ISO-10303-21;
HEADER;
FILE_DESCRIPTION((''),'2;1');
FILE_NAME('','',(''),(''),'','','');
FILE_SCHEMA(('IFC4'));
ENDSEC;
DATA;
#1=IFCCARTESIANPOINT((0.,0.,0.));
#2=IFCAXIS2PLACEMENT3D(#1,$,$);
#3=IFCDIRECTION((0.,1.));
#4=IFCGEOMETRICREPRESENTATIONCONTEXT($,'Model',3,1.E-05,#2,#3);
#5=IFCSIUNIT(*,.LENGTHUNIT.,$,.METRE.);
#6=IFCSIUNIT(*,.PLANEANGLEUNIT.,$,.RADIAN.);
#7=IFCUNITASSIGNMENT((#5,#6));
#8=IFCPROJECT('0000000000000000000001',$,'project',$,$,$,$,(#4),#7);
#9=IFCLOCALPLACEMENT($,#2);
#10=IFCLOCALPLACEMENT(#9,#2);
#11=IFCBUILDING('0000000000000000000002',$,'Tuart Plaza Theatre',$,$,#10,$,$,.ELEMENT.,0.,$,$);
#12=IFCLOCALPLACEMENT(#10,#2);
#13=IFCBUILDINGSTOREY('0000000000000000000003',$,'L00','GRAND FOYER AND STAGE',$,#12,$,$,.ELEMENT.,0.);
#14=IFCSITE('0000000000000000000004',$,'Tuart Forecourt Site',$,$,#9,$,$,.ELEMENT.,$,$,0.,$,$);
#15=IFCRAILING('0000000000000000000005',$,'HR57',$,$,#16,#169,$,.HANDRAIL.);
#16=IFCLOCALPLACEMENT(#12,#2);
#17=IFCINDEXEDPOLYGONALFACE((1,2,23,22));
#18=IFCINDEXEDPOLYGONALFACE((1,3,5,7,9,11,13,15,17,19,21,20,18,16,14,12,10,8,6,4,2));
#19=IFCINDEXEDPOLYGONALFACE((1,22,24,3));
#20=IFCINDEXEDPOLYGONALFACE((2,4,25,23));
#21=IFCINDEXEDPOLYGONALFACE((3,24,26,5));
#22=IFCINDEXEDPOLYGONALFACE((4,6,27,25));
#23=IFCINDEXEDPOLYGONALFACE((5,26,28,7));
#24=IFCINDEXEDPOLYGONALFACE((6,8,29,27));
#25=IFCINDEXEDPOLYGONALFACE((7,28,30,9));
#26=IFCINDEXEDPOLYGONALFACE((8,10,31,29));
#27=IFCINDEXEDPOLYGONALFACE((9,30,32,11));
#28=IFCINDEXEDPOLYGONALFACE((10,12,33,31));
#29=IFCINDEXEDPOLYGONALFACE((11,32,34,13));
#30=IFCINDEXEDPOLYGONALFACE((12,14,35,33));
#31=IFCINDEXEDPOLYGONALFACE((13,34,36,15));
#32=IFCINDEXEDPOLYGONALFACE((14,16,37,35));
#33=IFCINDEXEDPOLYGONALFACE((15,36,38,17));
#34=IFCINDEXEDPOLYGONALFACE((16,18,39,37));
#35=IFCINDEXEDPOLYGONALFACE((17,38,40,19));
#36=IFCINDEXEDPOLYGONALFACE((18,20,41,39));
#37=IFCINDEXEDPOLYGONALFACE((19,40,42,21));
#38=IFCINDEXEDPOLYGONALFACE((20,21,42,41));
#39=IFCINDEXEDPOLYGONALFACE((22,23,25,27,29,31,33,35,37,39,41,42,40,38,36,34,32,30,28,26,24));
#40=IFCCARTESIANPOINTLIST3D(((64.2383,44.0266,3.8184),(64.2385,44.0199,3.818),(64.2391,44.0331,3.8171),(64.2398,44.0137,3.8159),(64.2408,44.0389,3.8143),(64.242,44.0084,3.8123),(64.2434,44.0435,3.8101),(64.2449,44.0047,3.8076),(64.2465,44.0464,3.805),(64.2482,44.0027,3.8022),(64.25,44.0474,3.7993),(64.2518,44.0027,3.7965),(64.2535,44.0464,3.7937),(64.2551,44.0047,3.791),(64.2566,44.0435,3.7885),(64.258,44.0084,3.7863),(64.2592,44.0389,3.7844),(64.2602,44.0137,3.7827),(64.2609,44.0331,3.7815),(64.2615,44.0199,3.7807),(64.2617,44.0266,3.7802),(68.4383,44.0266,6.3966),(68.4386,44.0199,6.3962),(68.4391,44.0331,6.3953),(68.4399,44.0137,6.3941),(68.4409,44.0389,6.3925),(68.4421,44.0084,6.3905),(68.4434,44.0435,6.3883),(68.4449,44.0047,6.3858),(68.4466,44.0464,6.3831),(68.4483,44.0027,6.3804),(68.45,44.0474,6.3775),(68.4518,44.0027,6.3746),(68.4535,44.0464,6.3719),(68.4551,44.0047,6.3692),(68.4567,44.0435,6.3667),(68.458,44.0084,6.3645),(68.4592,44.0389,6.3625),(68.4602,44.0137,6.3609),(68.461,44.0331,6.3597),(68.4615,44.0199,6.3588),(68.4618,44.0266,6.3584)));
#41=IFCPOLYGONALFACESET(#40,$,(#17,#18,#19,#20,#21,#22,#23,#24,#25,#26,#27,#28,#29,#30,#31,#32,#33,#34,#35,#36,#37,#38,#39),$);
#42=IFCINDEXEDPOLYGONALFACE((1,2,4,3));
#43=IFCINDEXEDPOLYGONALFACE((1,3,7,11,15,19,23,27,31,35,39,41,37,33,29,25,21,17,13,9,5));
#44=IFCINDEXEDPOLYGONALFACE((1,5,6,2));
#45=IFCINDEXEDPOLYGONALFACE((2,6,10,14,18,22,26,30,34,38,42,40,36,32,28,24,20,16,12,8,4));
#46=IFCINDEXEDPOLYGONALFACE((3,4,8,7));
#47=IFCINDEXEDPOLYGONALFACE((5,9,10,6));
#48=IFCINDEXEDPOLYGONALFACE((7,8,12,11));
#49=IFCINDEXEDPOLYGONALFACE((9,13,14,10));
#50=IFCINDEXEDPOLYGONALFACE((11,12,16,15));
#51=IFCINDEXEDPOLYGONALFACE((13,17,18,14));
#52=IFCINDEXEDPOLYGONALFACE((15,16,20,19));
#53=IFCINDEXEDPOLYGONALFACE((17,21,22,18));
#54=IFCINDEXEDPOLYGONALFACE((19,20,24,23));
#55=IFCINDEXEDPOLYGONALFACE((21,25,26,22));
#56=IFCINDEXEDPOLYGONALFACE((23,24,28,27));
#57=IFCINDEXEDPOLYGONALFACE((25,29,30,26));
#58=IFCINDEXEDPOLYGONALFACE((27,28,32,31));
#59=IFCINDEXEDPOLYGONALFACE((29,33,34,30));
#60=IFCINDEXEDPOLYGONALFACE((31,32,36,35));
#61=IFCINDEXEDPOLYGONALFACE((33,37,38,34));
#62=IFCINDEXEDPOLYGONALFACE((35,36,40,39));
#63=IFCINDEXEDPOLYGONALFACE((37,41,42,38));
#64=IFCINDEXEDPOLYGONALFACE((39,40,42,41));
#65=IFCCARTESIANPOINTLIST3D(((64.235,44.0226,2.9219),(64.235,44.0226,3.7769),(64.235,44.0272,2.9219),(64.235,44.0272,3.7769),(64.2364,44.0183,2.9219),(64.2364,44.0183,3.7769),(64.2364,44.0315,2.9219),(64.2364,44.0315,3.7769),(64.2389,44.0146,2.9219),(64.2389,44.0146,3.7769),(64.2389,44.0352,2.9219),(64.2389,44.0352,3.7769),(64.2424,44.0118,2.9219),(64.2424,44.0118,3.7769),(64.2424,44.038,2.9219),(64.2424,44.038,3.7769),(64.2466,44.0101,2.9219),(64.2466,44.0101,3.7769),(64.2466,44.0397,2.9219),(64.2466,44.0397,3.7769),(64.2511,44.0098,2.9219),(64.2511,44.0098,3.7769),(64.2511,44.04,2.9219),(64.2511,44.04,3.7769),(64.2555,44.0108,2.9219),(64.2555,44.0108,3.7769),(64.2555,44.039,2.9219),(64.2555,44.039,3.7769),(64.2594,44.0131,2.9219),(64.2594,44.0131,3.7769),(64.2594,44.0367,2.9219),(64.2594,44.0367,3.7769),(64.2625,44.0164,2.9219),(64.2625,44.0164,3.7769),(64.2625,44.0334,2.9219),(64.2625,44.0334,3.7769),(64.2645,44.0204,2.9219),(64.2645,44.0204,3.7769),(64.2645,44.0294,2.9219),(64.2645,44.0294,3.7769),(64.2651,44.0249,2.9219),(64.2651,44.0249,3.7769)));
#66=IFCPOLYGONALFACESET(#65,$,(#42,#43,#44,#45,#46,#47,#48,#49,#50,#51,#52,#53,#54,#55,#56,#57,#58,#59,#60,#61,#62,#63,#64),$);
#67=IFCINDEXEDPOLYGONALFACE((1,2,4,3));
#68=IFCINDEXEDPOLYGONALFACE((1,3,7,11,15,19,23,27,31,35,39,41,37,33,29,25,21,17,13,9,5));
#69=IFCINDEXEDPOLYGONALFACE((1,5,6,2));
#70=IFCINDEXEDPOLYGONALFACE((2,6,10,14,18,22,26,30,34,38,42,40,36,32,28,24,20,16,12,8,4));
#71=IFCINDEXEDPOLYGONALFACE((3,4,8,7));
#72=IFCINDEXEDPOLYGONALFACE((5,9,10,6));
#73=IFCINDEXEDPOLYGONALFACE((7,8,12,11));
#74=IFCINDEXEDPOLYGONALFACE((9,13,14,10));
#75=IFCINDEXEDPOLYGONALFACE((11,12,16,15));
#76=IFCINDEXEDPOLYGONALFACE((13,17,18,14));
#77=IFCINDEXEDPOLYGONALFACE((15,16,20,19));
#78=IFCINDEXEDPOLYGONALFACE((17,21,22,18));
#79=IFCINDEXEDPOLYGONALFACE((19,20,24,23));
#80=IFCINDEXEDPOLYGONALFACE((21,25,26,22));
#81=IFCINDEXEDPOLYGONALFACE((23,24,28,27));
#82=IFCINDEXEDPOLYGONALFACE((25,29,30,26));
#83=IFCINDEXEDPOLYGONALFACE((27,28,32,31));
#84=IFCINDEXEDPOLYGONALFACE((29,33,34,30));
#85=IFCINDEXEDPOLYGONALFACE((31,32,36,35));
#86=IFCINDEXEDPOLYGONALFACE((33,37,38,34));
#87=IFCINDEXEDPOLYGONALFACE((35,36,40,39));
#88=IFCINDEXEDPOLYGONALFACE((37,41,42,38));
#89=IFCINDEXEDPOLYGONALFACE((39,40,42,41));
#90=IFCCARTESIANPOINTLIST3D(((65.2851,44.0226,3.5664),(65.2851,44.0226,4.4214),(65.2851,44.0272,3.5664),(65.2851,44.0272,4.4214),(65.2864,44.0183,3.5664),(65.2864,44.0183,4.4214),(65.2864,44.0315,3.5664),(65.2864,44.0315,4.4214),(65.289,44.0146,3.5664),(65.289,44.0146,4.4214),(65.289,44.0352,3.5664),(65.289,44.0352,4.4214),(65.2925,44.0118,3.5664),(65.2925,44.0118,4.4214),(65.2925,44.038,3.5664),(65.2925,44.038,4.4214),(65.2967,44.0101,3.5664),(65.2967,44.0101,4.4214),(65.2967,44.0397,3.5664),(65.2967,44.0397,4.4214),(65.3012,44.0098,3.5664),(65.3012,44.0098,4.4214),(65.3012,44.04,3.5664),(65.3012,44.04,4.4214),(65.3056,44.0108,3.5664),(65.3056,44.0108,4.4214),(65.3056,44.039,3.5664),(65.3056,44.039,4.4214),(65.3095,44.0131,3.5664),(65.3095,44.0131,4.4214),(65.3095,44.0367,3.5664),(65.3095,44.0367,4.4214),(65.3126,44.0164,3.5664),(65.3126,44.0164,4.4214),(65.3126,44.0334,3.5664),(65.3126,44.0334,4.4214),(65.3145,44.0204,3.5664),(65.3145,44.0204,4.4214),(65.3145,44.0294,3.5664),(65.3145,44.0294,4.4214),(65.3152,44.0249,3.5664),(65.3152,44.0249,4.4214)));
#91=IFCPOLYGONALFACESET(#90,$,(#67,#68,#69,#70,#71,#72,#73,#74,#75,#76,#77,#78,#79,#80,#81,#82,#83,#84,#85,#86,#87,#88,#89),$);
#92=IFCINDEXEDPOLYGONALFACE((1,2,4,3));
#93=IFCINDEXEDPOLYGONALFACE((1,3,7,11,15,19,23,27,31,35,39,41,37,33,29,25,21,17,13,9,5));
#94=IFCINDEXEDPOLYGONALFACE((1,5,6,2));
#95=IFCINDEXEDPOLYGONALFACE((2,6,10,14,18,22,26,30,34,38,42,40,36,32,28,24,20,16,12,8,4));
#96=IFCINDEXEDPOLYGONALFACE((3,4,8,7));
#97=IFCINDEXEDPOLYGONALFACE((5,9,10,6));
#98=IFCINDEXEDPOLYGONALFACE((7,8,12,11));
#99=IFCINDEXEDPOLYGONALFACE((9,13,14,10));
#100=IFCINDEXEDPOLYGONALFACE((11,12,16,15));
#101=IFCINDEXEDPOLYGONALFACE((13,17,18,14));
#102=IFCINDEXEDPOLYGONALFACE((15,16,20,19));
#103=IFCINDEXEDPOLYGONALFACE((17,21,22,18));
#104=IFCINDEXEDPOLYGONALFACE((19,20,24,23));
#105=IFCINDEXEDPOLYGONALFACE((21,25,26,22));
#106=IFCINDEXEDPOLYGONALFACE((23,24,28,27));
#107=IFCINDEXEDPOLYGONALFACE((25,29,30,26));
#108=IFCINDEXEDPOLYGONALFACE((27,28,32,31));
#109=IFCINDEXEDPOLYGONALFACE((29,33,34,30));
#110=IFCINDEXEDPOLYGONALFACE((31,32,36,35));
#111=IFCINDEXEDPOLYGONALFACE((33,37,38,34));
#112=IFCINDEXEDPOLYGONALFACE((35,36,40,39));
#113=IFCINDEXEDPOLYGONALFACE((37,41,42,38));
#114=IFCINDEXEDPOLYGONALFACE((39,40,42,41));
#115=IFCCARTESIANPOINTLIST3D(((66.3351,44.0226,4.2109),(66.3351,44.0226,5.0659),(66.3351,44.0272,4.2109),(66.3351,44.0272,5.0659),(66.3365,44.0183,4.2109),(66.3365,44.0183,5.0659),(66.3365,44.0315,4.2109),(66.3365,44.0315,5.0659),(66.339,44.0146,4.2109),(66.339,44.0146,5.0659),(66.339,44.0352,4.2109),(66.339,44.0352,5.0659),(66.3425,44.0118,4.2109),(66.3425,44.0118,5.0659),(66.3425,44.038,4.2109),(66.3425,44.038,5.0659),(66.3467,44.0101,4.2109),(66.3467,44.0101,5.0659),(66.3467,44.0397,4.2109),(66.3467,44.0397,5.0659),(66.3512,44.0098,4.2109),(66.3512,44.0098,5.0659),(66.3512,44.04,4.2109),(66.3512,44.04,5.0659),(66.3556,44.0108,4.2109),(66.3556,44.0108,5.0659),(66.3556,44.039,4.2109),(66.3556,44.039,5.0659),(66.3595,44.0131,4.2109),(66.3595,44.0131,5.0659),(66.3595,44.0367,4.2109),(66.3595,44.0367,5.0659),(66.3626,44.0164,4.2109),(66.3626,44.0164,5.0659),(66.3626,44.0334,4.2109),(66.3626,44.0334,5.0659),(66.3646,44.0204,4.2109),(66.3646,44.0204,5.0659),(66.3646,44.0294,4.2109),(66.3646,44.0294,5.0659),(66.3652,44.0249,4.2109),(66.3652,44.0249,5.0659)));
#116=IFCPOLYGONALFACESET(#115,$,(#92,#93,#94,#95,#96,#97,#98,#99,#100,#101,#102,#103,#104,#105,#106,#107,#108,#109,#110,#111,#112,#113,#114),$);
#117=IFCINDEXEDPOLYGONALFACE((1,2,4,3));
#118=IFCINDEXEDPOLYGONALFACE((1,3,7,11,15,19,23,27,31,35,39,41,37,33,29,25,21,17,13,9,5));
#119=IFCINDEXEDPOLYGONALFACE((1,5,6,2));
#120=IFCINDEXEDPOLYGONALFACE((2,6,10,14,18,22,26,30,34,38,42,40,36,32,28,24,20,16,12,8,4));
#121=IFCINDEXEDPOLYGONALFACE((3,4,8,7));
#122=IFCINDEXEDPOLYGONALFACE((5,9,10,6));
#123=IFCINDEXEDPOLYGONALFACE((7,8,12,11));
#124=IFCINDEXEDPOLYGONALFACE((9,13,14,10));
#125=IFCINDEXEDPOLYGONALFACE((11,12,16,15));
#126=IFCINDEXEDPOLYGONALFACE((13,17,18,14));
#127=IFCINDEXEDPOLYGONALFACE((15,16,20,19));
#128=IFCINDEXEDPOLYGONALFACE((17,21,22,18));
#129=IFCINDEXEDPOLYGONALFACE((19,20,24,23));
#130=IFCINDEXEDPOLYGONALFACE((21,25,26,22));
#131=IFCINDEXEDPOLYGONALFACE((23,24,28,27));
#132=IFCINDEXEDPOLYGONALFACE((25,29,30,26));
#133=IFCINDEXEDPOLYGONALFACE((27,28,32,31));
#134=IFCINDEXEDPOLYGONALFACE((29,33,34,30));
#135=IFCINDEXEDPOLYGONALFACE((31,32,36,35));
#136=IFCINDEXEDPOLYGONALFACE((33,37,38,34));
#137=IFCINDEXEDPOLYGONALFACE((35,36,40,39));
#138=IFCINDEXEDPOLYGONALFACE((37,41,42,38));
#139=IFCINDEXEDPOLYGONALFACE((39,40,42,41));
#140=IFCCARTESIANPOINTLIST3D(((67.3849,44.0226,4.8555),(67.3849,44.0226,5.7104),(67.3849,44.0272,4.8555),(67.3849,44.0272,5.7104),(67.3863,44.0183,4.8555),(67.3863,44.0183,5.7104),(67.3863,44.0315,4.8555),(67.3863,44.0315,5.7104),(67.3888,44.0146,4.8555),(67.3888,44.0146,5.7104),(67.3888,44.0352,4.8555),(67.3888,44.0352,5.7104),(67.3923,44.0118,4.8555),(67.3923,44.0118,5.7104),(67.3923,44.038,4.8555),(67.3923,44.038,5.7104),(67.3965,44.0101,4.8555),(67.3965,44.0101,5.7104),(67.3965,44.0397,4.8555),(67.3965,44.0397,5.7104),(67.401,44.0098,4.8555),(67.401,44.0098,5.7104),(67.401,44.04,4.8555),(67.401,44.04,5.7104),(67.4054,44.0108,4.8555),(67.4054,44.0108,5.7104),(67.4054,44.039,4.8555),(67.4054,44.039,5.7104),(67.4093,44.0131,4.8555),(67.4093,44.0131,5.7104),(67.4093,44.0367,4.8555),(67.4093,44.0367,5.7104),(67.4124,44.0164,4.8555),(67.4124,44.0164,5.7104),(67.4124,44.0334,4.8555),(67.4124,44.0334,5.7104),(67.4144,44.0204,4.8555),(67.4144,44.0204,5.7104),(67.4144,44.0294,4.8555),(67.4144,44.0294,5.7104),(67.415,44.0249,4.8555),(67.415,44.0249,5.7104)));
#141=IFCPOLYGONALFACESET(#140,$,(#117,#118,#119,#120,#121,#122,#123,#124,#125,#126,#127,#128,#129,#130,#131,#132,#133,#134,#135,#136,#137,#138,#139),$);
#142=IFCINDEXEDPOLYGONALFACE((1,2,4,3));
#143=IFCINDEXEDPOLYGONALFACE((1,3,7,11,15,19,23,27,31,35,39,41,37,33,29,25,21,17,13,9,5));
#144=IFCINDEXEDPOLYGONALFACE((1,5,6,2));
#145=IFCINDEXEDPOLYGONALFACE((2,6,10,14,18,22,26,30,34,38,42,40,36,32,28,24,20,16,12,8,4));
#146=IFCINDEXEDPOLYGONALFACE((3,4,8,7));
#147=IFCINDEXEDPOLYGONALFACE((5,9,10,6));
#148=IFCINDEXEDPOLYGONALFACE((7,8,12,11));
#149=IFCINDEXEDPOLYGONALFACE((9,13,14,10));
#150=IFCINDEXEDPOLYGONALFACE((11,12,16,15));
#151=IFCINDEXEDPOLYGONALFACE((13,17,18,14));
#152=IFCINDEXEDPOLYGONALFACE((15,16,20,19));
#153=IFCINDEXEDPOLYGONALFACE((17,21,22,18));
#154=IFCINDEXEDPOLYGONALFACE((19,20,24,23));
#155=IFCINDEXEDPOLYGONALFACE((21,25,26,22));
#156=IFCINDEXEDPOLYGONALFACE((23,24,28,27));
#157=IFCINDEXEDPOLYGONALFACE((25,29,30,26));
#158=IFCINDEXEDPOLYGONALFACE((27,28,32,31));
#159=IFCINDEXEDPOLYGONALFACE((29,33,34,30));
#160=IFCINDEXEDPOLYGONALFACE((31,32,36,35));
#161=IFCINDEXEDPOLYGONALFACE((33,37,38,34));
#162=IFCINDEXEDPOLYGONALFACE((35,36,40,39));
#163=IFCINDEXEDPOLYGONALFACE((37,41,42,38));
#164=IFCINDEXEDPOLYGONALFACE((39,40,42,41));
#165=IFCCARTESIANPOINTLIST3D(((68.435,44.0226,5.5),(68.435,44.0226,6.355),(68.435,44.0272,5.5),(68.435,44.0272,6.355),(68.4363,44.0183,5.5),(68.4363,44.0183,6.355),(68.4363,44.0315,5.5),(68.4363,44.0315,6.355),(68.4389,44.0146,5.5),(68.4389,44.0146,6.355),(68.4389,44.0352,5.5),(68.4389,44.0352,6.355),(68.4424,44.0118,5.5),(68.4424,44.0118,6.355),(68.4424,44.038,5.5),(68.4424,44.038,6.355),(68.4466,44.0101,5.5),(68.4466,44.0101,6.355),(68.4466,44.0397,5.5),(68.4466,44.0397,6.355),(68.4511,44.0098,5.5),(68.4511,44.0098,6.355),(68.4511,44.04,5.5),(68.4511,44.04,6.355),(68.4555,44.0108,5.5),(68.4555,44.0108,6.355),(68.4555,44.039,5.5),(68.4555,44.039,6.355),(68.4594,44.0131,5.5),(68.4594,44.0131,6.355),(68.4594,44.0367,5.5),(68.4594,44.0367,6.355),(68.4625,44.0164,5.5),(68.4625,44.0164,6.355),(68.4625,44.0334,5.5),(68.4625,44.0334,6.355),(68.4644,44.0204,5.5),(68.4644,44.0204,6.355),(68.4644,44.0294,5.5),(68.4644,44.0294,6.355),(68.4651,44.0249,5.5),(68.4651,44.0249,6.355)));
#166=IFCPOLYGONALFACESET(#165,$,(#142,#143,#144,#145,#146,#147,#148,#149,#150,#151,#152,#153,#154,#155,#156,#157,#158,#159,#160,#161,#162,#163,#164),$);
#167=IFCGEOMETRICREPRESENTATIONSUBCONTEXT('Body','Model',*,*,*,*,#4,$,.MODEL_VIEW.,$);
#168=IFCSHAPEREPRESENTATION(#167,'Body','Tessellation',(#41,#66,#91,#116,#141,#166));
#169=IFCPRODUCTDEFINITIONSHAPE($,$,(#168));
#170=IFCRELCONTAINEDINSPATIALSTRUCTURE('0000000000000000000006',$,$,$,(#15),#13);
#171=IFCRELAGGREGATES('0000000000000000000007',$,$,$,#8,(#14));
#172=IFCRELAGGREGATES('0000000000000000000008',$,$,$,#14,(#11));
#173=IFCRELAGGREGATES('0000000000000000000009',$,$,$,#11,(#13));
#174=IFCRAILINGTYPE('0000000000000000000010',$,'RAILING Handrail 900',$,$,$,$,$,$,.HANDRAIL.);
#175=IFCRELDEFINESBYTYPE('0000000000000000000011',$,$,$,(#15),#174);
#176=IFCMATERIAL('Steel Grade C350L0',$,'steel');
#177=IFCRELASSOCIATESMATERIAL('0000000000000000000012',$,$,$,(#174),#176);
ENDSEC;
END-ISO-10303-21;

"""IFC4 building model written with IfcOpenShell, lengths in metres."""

from ifc_helpers import new_model, si_unit, direction, frame, origin, origin_2d, place, context, subcontext, project, spatial, circle, extrude, material, type_object, element, save


model = new_model("IFC4")

# Units and contexts
model_context = context("Model", 3, precision=1e-05, world=origin(), true_north=direction((0.0, 1.0)))
body_context = subcontext(model_context, "Body", "Model", "MODEL_VIEW")
ifc_project = project(units=[si_unit("LENGTHUNIT", "METRE"), si_unit("PLANEANGLEUNIT", "RADIAN")], contexts=[model_context])

# Site, building, storey
site_placement = place(None, origin())
site = spatial("IfcSite", under=ifc_project, at=site_placement, Name="Tuart Forecourt Site", CompositionType="ELEMENT", RefElevation=0.0)
building_placement = place(site_placement, origin())
building = spatial("IfcBuilding", under=site, at=building_placement, Name="Tuart Plaza Theatre", CompositionType="ELEMENT", ElevationOfRefHeight=0.0)
storey_placement = place(building_placement, origin())
storey = spatial("IfcBuildingStorey", under=building, at=storey_placement, Name="L00", Description="GRAND FOYER AND STAGE", CompositionType="ELEMENT", Elevation=0.0)

# Railing
ifc_material_1 = material(Name="Steel Grade C350L0", Category="steel")
railing_type = type_object("IfcRailingType", Name="RAILING Handrail 900", PredefinedType="HANDRAIL", material=ifc_material_1)
railing_1_placement = place(storey_placement, frame((64.25, 44.0249, 2.9219)))
element("IfcRailing", 1, at=railing_1_placement, inside=storey, type_object=railing_type, Name="HR57", PredefinedType="HANDRAIL", context=body_context, shape_type="SweptSolid", body=[
    extrude(circle(Radius=0.0225, at=origin_2d()), frame((0.0, 0.0, 0.8774), z_axis=(0.852243, 0.0, 0.523146), x_axis=(0.0, 1.0, 0.0)), (0.0, 0.0, 1.0), 4.9282),
    extrude(circle(Radius=0.0151, at=origin_2d()), origin(), (0.0, 0.0, 1.0), 0.855),
    extrude(circle(Radius=0.0151, at=origin_2d()), frame((1.05, 0.0, 0.6445)), (0.0, 0.0, 1.0), 0.855),
    extrude(circle(Radius=0.0151, at=origin_2d()), frame((2.1001, 0.0, 1.2891)), (0.0, 0.0, 1.0), 0.855),
    extrude(circle(Radius=0.0151, at=origin_2d()), frame((3.1499, 0.0, 1.9336)), (0.0, 0.0, 1.0), 0.855),
    extrude(circle(Radius=0.0151, at=origin_2d()), frame((4.2, 0.0, 2.5781)), (0.0, 0.0, 1.0), 0.855),
])

save(model, "model.ifc")
